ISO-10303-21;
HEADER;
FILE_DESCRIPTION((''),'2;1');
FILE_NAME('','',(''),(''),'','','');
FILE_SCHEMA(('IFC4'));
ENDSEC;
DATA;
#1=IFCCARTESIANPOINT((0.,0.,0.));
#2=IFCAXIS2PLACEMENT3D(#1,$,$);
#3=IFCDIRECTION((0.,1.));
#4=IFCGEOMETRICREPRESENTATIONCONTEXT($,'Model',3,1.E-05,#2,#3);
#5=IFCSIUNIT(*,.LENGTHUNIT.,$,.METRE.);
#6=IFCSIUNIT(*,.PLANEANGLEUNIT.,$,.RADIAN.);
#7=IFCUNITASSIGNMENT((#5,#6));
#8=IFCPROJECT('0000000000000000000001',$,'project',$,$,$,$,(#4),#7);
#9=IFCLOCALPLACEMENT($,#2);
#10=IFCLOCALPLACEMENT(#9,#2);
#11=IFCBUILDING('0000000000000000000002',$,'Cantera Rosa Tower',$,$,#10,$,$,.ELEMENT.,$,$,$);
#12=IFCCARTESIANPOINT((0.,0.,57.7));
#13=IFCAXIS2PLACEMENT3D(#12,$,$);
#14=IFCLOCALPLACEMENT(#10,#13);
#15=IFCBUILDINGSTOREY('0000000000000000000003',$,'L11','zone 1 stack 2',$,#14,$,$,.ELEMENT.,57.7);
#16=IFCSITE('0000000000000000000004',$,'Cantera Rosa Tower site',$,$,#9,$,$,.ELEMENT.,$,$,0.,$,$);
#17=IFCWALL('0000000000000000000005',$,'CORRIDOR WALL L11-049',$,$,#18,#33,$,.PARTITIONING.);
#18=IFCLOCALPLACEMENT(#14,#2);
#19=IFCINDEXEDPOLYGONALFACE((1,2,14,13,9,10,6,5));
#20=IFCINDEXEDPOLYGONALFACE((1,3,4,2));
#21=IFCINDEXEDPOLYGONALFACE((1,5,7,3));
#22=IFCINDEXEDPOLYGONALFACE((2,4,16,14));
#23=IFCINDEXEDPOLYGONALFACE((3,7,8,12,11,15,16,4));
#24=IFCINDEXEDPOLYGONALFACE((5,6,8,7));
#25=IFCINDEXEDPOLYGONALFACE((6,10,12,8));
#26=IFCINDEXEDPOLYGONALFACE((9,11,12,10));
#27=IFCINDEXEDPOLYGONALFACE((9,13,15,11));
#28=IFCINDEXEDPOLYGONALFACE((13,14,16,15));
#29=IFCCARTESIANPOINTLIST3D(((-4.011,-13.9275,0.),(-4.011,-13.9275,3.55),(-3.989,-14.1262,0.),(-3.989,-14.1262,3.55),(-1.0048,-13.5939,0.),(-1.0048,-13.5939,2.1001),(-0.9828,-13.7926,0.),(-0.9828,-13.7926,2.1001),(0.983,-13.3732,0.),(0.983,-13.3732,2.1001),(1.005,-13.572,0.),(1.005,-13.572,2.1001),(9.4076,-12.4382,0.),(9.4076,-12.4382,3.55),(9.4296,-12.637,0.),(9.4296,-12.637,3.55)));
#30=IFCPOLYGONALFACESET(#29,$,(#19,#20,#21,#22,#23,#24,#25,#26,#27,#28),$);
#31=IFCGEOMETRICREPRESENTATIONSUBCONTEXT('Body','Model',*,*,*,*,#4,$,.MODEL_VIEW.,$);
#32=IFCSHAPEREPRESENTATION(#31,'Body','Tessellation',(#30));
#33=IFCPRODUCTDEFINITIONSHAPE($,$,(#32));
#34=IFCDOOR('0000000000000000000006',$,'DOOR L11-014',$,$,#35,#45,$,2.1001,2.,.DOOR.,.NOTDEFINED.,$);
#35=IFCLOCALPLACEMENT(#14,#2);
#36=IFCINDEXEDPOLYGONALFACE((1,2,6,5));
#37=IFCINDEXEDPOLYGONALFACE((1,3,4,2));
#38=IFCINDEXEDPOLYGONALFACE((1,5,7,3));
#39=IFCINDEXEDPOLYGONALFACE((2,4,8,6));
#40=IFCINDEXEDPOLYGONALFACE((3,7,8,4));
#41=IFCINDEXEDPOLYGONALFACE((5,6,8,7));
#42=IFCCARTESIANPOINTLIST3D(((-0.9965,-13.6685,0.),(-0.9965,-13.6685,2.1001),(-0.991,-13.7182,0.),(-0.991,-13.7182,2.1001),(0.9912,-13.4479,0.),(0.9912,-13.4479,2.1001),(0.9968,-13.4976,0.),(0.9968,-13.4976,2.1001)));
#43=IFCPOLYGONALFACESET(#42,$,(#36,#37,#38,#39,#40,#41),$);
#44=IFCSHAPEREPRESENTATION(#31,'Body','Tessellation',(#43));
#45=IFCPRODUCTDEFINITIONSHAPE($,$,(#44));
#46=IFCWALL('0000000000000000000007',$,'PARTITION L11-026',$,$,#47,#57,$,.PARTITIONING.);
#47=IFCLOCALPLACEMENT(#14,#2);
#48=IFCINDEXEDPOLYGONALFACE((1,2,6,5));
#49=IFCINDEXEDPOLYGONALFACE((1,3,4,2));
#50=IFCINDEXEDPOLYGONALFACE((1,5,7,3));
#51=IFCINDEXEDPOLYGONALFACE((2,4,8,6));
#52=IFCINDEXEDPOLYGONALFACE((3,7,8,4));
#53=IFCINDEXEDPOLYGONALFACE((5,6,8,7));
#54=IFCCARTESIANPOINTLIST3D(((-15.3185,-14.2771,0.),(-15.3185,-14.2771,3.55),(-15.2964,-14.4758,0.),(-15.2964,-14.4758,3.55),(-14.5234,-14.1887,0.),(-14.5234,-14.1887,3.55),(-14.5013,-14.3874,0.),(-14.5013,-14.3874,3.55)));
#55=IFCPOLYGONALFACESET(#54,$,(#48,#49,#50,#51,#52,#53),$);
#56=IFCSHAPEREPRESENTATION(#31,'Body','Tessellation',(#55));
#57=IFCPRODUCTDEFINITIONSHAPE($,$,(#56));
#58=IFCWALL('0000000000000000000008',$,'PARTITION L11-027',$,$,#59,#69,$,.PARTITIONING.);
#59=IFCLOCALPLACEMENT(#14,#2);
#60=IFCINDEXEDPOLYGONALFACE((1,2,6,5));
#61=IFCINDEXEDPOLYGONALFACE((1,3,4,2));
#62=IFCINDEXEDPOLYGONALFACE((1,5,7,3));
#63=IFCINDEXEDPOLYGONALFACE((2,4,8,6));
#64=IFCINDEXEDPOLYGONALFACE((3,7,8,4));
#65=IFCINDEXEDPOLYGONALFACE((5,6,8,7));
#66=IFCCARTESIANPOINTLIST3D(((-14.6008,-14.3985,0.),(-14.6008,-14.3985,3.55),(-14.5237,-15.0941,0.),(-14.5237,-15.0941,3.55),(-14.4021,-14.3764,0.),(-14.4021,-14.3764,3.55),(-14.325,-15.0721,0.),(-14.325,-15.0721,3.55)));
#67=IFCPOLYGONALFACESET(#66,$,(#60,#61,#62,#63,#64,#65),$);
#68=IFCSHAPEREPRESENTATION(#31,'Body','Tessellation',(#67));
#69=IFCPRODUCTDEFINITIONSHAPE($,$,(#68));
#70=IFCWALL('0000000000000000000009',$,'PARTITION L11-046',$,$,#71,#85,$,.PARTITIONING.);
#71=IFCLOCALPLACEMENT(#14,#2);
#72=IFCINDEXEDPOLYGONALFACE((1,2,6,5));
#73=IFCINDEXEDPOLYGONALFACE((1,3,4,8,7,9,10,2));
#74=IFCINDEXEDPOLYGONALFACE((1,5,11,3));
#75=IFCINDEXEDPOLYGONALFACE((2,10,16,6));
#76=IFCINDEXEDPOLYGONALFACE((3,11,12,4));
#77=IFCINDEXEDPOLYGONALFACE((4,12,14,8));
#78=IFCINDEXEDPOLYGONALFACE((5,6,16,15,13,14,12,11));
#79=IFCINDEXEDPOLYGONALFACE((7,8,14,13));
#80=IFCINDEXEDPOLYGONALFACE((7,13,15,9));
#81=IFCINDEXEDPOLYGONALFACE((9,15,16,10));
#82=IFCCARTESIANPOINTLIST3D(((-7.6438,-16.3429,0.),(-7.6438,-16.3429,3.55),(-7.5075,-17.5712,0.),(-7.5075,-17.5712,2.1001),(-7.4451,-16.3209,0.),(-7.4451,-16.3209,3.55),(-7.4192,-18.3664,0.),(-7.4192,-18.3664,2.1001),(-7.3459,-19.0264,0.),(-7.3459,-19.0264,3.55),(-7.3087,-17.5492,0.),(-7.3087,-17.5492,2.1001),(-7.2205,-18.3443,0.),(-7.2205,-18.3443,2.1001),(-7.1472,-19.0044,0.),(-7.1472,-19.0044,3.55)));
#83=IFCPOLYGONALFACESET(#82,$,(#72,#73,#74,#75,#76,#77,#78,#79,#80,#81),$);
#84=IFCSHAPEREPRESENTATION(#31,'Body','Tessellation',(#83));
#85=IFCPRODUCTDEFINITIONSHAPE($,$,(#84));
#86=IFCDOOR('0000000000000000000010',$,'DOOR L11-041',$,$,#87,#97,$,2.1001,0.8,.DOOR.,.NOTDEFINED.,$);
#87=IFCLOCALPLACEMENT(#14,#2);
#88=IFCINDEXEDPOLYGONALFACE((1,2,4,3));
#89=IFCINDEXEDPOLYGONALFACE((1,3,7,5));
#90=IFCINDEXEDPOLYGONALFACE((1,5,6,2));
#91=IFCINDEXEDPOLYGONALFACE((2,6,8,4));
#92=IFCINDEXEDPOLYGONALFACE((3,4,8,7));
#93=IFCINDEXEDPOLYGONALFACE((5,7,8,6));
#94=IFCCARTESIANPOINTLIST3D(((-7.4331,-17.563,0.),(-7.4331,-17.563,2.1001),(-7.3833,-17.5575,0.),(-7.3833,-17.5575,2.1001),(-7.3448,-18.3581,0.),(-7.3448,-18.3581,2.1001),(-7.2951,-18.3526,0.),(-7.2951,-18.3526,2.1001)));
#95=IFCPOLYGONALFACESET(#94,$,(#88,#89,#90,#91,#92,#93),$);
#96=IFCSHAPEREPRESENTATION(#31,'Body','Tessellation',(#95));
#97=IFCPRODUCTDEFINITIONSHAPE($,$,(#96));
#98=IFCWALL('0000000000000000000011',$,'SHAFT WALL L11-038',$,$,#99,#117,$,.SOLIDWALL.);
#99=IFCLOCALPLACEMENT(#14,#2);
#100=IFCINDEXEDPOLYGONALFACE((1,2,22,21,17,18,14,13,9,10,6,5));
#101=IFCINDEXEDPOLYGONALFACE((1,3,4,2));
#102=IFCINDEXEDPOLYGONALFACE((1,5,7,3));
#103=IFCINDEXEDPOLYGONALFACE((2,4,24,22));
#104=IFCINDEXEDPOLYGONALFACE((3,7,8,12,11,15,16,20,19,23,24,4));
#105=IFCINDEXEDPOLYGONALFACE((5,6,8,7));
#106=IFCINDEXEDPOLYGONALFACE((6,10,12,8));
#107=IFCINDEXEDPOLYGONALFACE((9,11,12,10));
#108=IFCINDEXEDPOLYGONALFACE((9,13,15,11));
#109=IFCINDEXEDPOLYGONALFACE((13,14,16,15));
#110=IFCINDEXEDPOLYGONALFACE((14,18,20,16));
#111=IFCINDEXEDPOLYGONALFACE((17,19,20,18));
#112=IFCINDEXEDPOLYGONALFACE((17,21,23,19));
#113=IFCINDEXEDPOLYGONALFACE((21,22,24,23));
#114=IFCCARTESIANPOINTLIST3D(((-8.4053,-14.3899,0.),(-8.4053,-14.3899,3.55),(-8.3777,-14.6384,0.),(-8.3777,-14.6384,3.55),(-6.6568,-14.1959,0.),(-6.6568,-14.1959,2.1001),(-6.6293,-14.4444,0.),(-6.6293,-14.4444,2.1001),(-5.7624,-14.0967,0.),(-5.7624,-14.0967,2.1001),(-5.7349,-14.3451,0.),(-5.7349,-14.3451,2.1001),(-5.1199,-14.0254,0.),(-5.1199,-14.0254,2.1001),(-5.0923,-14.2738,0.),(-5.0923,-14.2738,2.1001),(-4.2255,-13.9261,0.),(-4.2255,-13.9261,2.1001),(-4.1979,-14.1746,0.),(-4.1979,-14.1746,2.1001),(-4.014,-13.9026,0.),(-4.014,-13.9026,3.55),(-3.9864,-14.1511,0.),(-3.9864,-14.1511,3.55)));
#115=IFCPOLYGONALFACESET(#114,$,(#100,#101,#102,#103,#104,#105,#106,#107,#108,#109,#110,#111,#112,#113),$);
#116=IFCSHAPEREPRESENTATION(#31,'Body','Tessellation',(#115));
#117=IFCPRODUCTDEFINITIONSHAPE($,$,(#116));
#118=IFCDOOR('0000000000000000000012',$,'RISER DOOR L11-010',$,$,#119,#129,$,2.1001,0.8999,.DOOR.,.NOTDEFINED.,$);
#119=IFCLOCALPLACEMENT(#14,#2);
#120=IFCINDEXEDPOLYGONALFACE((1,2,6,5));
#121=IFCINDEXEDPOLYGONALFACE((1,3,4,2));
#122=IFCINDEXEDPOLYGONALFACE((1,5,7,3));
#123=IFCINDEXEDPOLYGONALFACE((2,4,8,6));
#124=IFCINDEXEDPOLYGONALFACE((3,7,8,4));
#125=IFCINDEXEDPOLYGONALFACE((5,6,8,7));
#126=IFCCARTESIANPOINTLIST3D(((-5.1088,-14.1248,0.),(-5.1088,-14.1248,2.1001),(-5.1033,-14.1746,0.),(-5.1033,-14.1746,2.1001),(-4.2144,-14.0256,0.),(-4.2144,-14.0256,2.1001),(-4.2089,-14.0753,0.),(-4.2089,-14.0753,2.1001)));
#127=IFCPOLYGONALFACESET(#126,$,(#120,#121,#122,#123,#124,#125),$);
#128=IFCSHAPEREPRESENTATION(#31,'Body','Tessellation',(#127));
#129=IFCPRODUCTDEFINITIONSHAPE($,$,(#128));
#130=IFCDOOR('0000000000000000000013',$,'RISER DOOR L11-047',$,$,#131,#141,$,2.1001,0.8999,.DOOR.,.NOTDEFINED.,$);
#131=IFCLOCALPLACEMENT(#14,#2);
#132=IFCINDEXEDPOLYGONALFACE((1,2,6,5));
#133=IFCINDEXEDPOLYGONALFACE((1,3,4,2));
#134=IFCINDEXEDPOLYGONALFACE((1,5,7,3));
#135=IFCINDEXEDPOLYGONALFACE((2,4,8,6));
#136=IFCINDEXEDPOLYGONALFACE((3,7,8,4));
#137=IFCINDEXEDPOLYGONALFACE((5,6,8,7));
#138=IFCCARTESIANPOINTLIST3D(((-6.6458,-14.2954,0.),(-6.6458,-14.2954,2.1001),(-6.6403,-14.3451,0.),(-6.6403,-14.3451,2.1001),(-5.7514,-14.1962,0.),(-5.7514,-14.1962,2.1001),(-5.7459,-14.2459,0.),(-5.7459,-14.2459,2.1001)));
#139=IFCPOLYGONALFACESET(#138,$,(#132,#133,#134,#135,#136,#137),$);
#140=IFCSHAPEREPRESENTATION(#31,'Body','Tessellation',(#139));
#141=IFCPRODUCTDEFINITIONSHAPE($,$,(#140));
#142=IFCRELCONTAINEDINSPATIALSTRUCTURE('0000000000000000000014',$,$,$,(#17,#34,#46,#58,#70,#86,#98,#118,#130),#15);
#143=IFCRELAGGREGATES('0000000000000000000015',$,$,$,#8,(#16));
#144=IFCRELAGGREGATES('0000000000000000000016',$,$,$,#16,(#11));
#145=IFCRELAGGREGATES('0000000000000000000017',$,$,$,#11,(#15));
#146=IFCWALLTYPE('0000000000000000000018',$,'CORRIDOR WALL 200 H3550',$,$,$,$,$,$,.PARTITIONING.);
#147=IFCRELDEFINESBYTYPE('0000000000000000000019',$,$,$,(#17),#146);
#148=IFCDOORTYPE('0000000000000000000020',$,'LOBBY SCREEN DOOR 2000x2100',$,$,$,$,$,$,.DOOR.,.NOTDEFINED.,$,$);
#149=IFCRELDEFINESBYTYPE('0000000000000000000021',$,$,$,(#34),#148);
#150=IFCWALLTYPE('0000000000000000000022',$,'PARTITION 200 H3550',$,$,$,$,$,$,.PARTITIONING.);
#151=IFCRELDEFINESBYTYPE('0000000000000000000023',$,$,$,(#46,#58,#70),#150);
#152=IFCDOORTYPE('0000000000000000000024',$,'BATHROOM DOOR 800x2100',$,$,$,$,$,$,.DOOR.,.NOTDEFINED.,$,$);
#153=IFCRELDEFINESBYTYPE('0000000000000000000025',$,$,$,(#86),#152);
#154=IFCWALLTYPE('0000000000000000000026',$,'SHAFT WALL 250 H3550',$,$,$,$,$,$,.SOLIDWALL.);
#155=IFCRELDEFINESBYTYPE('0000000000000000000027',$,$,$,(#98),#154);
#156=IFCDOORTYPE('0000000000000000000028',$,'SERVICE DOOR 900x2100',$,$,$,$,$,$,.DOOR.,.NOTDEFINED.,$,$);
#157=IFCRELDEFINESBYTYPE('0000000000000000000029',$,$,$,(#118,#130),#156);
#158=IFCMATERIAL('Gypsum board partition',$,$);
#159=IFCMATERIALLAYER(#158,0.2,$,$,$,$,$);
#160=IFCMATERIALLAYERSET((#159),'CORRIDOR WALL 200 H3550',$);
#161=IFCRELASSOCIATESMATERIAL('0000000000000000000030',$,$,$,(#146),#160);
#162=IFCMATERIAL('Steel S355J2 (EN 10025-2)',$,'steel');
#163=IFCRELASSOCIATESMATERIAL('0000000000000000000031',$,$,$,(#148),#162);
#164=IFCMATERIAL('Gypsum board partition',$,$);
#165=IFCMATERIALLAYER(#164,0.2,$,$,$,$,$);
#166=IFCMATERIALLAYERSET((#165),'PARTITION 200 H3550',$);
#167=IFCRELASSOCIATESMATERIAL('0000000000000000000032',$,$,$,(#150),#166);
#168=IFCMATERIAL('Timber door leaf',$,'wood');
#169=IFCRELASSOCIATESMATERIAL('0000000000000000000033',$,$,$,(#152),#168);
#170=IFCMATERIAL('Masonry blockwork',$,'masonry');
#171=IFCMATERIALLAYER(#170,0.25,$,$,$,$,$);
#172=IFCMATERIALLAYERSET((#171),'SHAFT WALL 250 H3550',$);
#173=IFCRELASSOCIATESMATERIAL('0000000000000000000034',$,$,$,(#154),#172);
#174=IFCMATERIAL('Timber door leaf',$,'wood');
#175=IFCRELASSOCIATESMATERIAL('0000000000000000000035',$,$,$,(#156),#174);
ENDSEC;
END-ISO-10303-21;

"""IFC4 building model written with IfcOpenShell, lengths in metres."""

from ifc_helpers import new_model, si_unit, direction, frame, frame_2d, origin, place, context, subcontext, project, spatial, rectangle, extrude, material, layer, layer_set, type_object, element, fill, save


model = new_model("IFC4")

# Units and contexts
model_context = context("Model", 3, precision=1e-05, world=origin(), true_north=direction((0.0, 1.0)))
body_context = subcontext(model_context, "Body", "Model", "MODEL_VIEW")
ifc_project = project(units=[si_unit("LENGTHUNIT", "METRE"), si_unit("PLANEANGLEUNIT", "RADIAN")], contexts=[model_context])

# Site, building, storey
site_placement = place(None, origin())
site = spatial("IfcSite", under=ifc_project, at=site_placement, Name="Cantera Rosa Tower site", CompositionType="ELEMENT", RefElevation=0.0)
building_placement = place(site_placement, origin())
building = spatial("IfcBuilding", under=site, at=building_placement, Name="Cantera Rosa Tower", CompositionType="ELEMENT")
storey_placement = place(building_placement, frame((0.0, 0.0, 57.7)))
storey = spatial("IfcBuildingStorey", under=building, at=storey_placement, Name="L11", Description="zone 1 stack 2", CompositionType="ELEMENT", Elevation=57.7)

# Shared definitions
ifc_material_1 = material(Name="Gypsum board partition")
ifc_layer_1 = layer(ifc_material_1, 0.2)
ifc_layer_set_1 = layer_set([ifc_layer_1], Name="CORRIDOR WALL 200 H3550")
wall_type_1 = type_object("IfcWallType", Name="CORRIDOR WALL 200 H3550", PredefinedType="PARTITIONING", material=ifc_layer_set_1)

# Wall, opening, door
wall_1_placement = place(storey_placement, frame((-4.0, -14.0269, 0.0), z_axis=(0.0, 0.0, 1.0), x_axis=(0.993898, 0.110306, 0.0)))
wall_1 = element("IfcWall", 1, at=wall_1_placement, inside=storey, type_object=wall_type_1, Name="CORRIDOR WALL L11-049", PredefinedType="PARTITIONING", context=body_context, shape_type="SweptSolid", body=[
    extrude(rectangle(XDim=13.501, YDim=0.2, at=frame_2d((6.7505, 0.0))), origin(), (0.0, 0.0, 1.0), 3.55),
])
opening_1_placement = place(wall_1_placement, frame((3.0247, 0.0, 0.0)))
opening_1 = element("IfcOpeningElement", 2, at=opening_1_placement, cuts=wall_1, PredefinedType="OPENING", context=body_context, shape_type="SweptSolid", body=[
    extrude(rectangle(XDim=2.0, YDim=2.1001, at=frame_2d((1.0, 1.05))), frame((0.0, 0.1099, 0.0), z_axis=(0.0, -1.0, 0.0), x_axis=(1.0, 0.0, 0.0)), (0.0, 0.0, 1.0), 0.22),
])
ifc_material_2 = material(Name="Steel S355J2 (EN 10025-2)", Category="steel")
door_type_1 = type_object("IfcDoorType", Name="LOBBY SCREEN DOOR 2000x2100", OperationType="NOTDEFINED", PredefinedType="DOOR", material=ifc_material_2)
door_1_placement = place(opening_1_placement, origin())
door_1 = element("IfcDoor", 3, at=door_1_placement, inside=storey, type_object=door_type_1, Name="DOOR L11-014", OperationType="NOTDEFINED", OverallHeight=2.1001, OverallWidth=2.0, PredefinedType="DOOR", context=body_context, shape_type="SweptSolid", body=[
    extrude(rectangle(XDim=2.0, YDim=2.1001, at=frame_2d((1.0, 1.05))), frame((0.0, 0.0249, 0.0), z_axis=(0.0, -1.0, 0.0), x_axis=(1.0, 0.0, 0.0)), (0.0, 0.0, 1.0), 0.05),
])
fill(opening_1, door_1)

# Walls
ifc_material_3 = material(Name="Gypsum board partition")
ifc_layer_2 = layer(ifc_material_3, 0.2)
ifc_layer_set_2 = layer_set([ifc_layer_2], Name="PARTITION 200 H3550")
wall_type_2 = type_object("IfcWallType", Name="PARTITION 200 H3550", PredefinedType="PARTITIONING", material=ifc_layer_set_2)
wall_2_placement = place(storey_placement, frame((-14.5125, -14.2881, 0.0), z_axis=(0.0, 0.0, 1.0), x_axis=(-0.99388, -0.110465, 0.0)))
element("IfcWall", 4, at=wall_2_placement, inside=storey, type_object=wall_type_2, Name="PARTITION L11-026", PredefinedType="PARTITIONING", context=body_context, shape_type="SweptSolid", body=[
    extrude(rectangle(XDim=0.8, YDim=0.2, at=frame_2d((0.3999, 0.0))), origin(), (0.0, 0.0, 1.0), 3.55),
])
wall_3_placement = place(storey_placement, frame((-14.4243, -15.0833, 0.0), z_axis=(0.0, 0.0, 1.0), x_axis=(-0.110202, 0.993909, 0.0)))
element("IfcWall", 5, at=wall_3_placement, inside=storey, type_object=wall_type_2, Name="PARTITION L11-027", PredefinedType="PARTITIONING", context=body_context, shape_type="SweptSolid", body=[
    extrude(rectangle(XDim=0.7, YDim=0.2, at=frame_2d((0.3501, 0.0))), origin(), (0.0, 0.0, 1.0), 3.55),
])

# Wall, opening, door
wall_4_placement = place(storey_placement, frame((-7.5444, -16.3318, 0.0), z_axis=(0.0, 0.0, 1.0), x_axis=(0.110312, -0.993897, 0.0)))
wall_4 = element("IfcWall", 6, at=wall_4_placement, inside=storey, type_object=wall_type_2, Name="PARTITION L11-046", PredefinedType="PARTITIONING", context=body_context, shape_type="SweptSolid", body=[
    extrude(rectangle(XDim=2.7, YDim=0.2, at=frame_2d((1.3501, 0.0))), origin(), (0.0, 0.0, 1.0), 3.55),
])
opening_2_placement = place(wall_4_placement, frame((1.2361, 0.0, 0.0)))
opening_2 = element("IfcOpeningElement", 7, at=opening_2_placement, cuts=wall_4, PredefinedType="OPENING", context=body_context, shape_type="SweptSolid", body=[
    extrude(rectangle(XDim=0.8, YDim=2.1001, at=frame_2d((0.3999, 1.05))), frame((0.0, 0.1099, 0.0), z_axis=(0.0, -1.0, 0.0), x_axis=(1.0, 0.0, 0.0)), (0.0, 0.0, 1.0), 0.22),
])
ifc_material_4 = material(Name="Timber door leaf", Category="wood")
door_type_2 = type_object("IfcDoorType", Name="BATHROOM DOOR 800x2100", OperationType="NOTDEFINED", PredefinedType="DOOR", material=ifc_material_4)
door_2_placement = place(opening_2_placement, origin())
door_2 = element("IfcDoor", 8, at=door_2_placement, inside=storey, type_object=door_type_2, Name="DOOR L11-041", OperationType="NOTDEFINED", OverallHeight=2.1001, OverallWidth=0.8, PredefinedType="DOOR", context=body_context, shape_type="SweptSolid", body=[
    extrude(rectangle(XDim=0.8, YDim=2.1001, at=frame_2d((0.3999, 1.05))), frame((0.0, 0.0249, 0.0), z_axis=(0.0, -1.0, 0.0), x_axis=(1.0, 0.0, 0.0)), (0.0, 0.0, 1.0), 0.05),
])
fill(opening_2, door_2)

# Wall, openings, doors
ifc_material_5 = material(Name="Masonry blockwork", Category="masonry")
ifc_layer_3 = layer(ifc_material_5, 0.25)
ifc_layer_set_3 = layer_set([ifc_layer_3], Name="SHAFT WALL 250 H3550")
wall_type_3 = type_object("IfcWallType", Name="SHAFT WALL 250 H3550", PredefinedType="SOLIDWALL", material=ifc_layer_set_3)
wall_5_placement = place(storey_placement, frame((-8.3914, -14.5142, 0.0), z_axis=(0.0, 0.0, 1.0), x_axis=(0.993899, 0.110292, 0.0)))
wall_5 = element("IfcWall", 9, at=wall_5_placement, inside=storey, type_object=wall_type_3, Name="SHAFT WALL L11-038", PredefinedType="SOLIDWALL", context=body_context, shape_type="SweptSolid", body=[
    extrude(rectangle(XDim=4.4182, YDim=0.25, at=frame_2d((2.209, 0.0))), origin(), (0.0, 0.0, 1.0), 3.55),
])
opening_3_placement = place(wall_5_placement, frame((3.3054, 0.0, 0.0)))
opening_3 = element("IfcOpeningElement", 10, at=opening_3_placement, cuts=wall_5, PredefinedType="OPENING", context=body_context, shape_type="SweptSolid", body=[
    extrude(rectangle(XDim=0.8999, YDim=2.1001, at=frame_2d((0.45, 1.05))), frame((0.0, 0.135, 0.0), z_axis=(0.0, -1.0, 0.0), x_axis=(1.0, 0.0, 0.0)), (0.0, 0.0, 1.0), 0.27),
])
opening_4_placement = place(wall_5_placement, frame((1.759, 0.0, 0.0)))
opening_4 = element("IfcOpeningElement", 11, at=opening_4_placement, cuts=wall_5, PredefinedType="OPENING", context=body_context, shape_type="SweptSolid", body=[
    extrude(rectangle(XDim=0.8999, YDim=2.1001, at=frame_2d((0.45, 1.05))), frame((0.0, 0.135, 0.0), z_axis=(0.0, -1.0, 0.0), x_axis=(1.0, 0.0, 0.0)), (0.0, 0.0, 1.0), 0.27),
])
ifc_material_6 = material(Name="Timber door leaf", Category="wood")
door_type_3 = type_object("IfcDoorType", Name="SERVICE DOOR 900x2100", OperationType="NOTDEFINED", PredefinedType="DOOR", material=ifc_material_6)
door_3_placement = place(opening_3_placement, origin())
door_3 = element("IfcDoor", 12, at=door_3_placement, inside=storey, type_object=door_type_3, Name="RISER DOOR L11-010", OperationType="NOTDEFINED", OverallHeight=2.1001, OverallWidth=0.8999, PredefinedType="DOOR", context=body_context, shape_type="SweptSolid", body=[
    extrude(rectangle(XDim=0.8999, YDim=2.1001, at=frame_2d((0.45, 1.05))), frame((0.0, 0.0249, 0.0), z_axis=(0.0, -1.0, 0.0), x_axis=(1.0, 0.0, 0.0)), (0.0, 0.0, 1.0), 0.05),
])
fill(opening_3, door_3)
door_4_placement = place(opening_4_placement, origin())
door_4 = element("IfcDoor", 13, at=door_4_placement, inside=storey, type_object=door_type_3, Name="RISER DOOR L11-047", OperationType="NOTDEFINED", OverallHeight=2.1001, OverallWidth=0.8999, PredefinedType="DOOR", context=body_context, shape_type="SweptSolid", body=[
    extrude(rectangle(XDim=0.8999, YDim=2.1001, at=frame_2d((0.45, 1.05))), frame((0.0, 0.0249, 0.0), z_axis=(0.0, -1.0, 0.0), x_axis=(1.0, 0.0, 0.0)), (0.0, 0.0, 1.0), 0.05),
])
fill(opening_4, door_4)

save(model, "model.ifc")
